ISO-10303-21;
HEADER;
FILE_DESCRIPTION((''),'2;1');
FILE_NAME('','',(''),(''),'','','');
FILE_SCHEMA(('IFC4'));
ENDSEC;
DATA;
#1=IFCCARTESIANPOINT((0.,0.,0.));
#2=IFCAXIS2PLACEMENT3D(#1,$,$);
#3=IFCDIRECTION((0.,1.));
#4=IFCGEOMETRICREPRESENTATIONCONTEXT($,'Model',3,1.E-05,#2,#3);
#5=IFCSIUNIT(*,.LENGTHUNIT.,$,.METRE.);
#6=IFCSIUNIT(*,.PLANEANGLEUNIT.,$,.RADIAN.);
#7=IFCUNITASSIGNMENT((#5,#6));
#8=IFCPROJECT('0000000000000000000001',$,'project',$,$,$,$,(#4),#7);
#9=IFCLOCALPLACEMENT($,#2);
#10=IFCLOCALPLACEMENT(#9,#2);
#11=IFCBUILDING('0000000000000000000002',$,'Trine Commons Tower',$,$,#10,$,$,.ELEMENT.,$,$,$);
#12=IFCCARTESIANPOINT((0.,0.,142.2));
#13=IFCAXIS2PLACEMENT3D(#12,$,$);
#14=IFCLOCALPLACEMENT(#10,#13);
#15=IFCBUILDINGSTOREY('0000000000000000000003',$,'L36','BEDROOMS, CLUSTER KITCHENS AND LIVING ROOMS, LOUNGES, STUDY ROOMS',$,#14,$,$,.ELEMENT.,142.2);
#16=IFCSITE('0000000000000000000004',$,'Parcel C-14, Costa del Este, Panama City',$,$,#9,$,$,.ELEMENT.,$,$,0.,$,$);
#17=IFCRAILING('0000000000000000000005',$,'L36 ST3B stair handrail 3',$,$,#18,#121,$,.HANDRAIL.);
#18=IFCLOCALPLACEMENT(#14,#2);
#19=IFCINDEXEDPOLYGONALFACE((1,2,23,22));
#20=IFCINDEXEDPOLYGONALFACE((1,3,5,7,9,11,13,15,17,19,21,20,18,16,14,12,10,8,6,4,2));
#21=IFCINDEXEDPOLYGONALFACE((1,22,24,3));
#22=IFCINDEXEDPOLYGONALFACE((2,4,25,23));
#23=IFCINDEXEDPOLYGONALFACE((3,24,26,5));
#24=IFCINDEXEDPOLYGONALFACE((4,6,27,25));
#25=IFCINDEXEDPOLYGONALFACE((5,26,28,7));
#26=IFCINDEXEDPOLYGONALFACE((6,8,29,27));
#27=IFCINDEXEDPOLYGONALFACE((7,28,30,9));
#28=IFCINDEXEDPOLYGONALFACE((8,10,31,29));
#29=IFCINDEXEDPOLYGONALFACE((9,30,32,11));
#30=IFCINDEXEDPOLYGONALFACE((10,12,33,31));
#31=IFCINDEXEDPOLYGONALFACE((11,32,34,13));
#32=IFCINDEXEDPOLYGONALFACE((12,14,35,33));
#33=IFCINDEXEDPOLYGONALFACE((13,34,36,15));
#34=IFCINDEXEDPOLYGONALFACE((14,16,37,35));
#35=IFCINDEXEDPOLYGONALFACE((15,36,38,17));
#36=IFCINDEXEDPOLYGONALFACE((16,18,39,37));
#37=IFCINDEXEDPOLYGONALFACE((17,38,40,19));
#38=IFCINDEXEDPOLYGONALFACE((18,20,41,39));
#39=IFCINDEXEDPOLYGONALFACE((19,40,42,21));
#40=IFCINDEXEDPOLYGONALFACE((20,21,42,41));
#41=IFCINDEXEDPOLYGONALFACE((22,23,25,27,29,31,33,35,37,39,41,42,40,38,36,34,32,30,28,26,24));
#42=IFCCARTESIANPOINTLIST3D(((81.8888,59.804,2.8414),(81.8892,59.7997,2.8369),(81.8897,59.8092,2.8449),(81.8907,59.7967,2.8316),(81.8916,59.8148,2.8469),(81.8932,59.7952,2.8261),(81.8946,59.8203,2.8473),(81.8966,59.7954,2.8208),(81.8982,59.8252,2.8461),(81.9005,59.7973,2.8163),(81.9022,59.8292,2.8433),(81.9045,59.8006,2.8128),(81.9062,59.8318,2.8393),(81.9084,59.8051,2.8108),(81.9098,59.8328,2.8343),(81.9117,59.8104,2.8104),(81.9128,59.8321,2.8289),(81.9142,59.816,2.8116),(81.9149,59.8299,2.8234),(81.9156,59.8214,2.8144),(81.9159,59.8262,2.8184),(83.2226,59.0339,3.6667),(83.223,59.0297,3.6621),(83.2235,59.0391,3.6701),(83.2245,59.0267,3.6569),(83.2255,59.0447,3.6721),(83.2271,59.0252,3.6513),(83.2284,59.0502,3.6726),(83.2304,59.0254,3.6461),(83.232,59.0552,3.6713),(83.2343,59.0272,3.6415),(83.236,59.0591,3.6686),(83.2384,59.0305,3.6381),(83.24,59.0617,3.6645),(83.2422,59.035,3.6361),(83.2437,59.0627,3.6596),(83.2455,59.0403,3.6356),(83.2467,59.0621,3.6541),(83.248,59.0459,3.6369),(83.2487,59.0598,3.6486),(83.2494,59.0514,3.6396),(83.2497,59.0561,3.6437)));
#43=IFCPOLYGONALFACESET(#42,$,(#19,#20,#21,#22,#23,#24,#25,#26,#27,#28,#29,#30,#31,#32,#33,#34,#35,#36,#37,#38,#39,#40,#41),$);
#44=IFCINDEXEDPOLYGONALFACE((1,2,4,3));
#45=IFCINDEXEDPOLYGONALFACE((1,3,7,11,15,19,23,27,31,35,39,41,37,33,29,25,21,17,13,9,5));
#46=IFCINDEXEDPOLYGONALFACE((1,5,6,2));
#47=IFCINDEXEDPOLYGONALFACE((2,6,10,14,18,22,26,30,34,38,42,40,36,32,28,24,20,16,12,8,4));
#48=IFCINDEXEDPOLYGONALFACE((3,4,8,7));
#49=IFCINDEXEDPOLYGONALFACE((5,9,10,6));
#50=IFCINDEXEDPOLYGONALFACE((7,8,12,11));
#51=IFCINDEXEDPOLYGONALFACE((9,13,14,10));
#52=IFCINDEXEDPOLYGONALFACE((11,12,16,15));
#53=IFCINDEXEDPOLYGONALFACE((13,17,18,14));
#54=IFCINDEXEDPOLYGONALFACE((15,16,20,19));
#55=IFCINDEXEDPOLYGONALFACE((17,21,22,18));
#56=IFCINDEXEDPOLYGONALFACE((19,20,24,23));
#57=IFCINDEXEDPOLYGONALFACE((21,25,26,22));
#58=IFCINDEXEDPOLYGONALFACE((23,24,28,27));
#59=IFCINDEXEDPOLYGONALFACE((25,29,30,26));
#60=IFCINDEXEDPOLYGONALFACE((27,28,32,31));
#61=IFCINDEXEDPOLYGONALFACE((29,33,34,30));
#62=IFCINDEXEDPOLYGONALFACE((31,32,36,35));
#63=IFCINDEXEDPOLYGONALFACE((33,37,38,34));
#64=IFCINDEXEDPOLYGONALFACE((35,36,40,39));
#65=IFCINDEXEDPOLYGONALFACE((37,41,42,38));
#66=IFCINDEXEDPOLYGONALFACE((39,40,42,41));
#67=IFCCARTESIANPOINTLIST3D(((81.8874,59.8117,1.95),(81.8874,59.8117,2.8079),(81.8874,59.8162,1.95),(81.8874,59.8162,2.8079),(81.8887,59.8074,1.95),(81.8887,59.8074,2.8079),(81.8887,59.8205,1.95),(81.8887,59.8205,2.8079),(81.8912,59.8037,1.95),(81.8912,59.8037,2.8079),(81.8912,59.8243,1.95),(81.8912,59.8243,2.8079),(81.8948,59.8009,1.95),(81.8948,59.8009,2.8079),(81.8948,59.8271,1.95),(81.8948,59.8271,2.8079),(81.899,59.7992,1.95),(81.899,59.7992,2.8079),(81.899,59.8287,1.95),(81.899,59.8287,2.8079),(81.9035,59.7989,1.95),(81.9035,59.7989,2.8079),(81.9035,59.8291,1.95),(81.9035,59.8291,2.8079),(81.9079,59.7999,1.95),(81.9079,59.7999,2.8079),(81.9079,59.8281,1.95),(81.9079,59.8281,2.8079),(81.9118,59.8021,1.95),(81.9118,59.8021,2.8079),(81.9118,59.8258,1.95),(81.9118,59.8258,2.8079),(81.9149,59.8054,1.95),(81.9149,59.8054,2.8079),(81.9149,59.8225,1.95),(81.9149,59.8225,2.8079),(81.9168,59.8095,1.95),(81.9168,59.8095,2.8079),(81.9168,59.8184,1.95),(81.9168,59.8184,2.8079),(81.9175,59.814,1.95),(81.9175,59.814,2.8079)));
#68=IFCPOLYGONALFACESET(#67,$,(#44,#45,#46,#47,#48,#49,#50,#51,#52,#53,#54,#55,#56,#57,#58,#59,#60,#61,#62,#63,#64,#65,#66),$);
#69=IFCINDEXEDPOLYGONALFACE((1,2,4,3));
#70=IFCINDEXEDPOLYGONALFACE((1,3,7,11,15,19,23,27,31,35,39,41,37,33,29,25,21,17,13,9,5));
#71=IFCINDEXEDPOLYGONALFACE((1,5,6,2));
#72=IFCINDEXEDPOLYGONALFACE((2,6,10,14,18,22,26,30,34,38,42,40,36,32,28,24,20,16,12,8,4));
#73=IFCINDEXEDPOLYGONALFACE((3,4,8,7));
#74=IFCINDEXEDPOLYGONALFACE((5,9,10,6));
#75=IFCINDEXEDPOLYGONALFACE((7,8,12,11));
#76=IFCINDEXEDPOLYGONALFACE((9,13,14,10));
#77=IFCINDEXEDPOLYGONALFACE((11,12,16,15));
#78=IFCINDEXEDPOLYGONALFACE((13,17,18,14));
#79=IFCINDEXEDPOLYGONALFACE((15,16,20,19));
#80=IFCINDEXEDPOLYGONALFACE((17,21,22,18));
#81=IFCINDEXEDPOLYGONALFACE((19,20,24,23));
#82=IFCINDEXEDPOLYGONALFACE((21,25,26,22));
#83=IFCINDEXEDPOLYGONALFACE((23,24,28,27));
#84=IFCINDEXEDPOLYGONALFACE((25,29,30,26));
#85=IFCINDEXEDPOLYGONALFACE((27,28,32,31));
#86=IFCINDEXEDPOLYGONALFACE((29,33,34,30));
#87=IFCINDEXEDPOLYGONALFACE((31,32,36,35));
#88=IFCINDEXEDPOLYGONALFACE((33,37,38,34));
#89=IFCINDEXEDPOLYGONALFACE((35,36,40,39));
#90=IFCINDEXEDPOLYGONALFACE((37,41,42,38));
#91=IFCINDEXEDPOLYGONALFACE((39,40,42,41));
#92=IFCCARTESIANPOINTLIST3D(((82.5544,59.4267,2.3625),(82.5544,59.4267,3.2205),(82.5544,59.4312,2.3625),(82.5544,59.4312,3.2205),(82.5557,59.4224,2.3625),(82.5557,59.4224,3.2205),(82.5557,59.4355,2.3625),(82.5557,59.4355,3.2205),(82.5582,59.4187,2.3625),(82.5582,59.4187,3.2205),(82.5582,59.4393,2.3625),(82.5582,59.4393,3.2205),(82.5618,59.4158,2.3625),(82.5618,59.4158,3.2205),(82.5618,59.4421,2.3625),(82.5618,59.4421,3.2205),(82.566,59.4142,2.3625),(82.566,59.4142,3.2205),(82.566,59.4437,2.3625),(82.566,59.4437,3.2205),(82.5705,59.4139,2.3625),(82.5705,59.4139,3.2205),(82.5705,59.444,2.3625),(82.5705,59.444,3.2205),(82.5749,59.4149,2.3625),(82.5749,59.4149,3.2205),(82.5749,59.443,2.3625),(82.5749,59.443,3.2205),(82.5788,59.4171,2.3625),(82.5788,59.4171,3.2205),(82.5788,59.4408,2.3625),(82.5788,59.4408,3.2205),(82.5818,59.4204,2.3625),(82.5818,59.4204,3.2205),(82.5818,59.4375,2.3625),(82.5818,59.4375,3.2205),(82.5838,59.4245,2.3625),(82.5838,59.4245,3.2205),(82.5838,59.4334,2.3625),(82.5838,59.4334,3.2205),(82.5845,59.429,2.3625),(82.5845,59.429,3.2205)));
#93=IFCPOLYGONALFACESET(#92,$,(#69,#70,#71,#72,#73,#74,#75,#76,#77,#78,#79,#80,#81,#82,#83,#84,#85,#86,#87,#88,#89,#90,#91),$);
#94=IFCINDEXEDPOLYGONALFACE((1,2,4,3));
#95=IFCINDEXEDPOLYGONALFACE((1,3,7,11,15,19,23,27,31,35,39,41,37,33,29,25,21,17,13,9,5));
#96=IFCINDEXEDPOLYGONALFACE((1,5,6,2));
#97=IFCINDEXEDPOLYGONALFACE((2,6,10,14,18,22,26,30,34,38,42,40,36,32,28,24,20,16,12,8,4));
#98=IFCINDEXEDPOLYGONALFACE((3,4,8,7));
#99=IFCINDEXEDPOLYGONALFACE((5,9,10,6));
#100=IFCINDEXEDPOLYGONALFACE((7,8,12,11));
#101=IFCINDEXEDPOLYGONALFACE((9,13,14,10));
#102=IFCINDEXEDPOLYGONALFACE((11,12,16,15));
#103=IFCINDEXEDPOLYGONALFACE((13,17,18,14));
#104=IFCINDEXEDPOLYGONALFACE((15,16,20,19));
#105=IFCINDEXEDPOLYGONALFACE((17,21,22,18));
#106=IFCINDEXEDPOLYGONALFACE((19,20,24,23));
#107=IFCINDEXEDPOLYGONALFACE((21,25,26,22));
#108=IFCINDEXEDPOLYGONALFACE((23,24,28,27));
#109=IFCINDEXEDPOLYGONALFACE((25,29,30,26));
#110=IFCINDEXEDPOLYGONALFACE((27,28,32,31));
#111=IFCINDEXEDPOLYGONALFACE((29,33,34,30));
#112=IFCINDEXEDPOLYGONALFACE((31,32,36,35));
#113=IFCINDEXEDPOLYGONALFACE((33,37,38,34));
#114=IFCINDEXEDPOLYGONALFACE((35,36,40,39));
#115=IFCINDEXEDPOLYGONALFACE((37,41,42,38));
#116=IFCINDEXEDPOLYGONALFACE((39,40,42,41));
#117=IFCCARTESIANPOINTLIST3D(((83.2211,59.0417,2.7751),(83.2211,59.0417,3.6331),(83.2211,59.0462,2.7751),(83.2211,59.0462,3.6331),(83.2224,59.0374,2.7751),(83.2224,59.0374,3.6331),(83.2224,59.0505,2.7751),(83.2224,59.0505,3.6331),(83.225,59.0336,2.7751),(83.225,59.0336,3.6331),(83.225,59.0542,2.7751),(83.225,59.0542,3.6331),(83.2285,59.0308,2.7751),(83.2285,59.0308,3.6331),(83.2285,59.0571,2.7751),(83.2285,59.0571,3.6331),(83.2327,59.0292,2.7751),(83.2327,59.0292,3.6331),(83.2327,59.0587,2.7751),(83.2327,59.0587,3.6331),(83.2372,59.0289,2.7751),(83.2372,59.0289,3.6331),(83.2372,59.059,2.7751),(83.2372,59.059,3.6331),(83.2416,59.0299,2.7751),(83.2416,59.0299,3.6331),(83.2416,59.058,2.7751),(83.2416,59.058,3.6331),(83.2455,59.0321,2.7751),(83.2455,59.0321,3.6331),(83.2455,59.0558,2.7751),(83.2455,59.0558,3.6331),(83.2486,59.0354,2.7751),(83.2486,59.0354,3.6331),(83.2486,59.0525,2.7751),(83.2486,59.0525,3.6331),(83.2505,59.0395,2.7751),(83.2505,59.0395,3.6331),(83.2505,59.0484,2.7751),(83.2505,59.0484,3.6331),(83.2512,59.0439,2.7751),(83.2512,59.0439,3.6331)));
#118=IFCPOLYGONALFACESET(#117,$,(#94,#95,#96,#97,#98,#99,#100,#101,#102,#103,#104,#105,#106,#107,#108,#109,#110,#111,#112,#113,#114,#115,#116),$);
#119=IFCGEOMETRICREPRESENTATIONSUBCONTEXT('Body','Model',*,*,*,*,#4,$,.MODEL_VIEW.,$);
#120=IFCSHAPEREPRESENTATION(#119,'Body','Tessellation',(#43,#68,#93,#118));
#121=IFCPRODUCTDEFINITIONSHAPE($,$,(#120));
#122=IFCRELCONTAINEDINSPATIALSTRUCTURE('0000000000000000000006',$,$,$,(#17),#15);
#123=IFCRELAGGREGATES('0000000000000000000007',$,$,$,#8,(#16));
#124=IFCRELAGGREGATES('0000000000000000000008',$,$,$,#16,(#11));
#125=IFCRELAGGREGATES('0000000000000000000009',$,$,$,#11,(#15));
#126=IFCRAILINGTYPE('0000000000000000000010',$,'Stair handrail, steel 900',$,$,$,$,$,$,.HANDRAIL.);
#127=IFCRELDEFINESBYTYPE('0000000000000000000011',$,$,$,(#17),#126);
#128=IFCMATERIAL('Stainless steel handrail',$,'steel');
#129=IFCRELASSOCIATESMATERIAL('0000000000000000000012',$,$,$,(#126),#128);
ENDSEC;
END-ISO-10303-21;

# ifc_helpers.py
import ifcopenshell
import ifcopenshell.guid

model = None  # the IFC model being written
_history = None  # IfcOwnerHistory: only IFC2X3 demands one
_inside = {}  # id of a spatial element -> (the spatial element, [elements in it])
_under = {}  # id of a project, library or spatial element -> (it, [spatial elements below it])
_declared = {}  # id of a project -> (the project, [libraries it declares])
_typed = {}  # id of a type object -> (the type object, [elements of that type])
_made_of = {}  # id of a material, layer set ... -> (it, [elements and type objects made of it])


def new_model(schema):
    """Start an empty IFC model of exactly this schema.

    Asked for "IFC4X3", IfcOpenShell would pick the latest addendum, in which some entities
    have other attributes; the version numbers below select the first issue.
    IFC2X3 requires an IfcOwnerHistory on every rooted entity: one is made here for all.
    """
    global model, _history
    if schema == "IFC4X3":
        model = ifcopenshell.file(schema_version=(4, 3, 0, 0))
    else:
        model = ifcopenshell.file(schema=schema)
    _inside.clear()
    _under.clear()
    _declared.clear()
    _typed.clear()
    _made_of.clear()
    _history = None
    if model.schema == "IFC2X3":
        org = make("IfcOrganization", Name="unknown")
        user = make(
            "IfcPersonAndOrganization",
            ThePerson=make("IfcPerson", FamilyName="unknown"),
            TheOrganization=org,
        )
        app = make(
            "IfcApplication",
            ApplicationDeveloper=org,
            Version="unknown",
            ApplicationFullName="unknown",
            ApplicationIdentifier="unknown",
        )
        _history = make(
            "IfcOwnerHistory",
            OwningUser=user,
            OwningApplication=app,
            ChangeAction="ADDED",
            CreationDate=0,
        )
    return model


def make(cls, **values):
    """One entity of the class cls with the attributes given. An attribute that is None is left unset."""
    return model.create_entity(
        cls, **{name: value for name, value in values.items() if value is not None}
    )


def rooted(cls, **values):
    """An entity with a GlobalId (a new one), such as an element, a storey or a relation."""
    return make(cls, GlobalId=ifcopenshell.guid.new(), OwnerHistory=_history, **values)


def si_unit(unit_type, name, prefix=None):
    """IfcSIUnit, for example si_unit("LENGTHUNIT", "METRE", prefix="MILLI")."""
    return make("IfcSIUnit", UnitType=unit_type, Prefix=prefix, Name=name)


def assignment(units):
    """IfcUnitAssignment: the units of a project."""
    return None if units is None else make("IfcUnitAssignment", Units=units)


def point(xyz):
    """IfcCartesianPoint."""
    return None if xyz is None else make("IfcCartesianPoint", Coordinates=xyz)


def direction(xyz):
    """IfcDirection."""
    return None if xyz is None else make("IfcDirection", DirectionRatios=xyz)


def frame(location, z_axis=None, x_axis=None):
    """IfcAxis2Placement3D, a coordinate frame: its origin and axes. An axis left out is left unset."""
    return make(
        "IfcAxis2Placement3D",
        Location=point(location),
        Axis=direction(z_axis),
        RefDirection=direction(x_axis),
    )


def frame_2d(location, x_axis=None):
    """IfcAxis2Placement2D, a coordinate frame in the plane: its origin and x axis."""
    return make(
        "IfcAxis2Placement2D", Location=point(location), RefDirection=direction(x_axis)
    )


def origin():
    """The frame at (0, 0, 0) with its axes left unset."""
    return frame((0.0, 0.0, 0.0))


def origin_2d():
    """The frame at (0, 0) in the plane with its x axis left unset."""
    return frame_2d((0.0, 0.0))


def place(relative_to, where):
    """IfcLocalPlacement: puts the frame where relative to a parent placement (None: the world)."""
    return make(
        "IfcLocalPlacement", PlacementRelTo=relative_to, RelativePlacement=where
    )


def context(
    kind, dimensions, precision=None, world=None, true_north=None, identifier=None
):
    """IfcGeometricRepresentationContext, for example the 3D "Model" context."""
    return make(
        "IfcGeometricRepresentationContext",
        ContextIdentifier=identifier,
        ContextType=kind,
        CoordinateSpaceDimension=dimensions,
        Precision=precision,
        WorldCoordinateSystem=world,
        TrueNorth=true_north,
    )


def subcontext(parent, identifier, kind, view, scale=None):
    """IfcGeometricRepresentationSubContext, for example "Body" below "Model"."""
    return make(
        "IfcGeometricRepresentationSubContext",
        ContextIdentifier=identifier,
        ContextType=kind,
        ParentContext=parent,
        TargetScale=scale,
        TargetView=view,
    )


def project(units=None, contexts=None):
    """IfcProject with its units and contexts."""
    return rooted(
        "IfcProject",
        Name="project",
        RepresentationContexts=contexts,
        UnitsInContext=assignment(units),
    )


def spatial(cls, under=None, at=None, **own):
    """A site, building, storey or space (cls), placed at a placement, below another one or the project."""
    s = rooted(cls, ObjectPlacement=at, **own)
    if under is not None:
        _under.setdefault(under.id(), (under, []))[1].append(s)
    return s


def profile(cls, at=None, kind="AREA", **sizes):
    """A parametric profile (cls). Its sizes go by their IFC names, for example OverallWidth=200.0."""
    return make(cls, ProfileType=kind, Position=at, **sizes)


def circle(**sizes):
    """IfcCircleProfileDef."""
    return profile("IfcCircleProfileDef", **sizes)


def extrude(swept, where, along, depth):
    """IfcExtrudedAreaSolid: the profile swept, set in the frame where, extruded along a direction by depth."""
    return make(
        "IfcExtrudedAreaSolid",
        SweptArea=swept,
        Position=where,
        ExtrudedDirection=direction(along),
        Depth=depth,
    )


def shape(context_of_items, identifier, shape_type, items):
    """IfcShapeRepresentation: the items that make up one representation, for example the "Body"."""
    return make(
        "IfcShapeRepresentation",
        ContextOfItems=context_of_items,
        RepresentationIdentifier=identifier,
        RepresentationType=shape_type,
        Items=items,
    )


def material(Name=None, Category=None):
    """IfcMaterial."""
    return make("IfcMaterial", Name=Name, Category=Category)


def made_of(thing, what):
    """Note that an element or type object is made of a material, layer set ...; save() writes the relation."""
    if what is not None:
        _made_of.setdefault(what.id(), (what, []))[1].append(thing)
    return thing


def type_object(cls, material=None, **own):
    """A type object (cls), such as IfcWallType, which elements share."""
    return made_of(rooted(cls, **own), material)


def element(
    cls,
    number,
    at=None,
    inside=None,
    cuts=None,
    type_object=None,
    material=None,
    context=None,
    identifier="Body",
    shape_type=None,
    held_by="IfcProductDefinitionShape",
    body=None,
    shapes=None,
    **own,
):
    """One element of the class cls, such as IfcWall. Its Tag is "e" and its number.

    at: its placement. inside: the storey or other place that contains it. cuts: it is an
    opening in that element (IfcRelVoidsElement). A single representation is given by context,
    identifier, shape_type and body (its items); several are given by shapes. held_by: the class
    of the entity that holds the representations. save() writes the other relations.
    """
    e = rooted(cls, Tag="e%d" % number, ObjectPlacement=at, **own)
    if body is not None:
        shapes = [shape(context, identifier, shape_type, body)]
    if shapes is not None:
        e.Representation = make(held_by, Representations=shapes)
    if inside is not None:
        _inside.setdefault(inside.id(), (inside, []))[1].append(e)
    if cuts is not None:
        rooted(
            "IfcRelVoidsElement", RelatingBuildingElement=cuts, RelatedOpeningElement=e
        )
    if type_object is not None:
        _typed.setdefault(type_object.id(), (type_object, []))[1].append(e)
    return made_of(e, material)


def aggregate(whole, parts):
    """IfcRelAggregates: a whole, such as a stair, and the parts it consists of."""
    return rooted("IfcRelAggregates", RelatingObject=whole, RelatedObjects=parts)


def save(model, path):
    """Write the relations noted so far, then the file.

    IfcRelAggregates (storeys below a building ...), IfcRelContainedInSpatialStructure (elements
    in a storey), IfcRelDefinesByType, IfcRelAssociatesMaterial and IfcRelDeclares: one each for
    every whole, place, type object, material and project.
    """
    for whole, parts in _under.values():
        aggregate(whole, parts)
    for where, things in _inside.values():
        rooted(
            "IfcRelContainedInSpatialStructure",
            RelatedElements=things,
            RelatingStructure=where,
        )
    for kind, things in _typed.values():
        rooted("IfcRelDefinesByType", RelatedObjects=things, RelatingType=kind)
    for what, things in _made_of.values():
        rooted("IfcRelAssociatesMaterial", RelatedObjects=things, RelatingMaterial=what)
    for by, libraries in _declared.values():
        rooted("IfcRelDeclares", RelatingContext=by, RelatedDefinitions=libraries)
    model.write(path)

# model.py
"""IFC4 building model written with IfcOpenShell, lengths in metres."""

from ifc_helpers import new_model, si_unit, direction, frame, origin, origin_2d, place, context, subcontext, project, spatial, circle, extrude, material, type_object, element, save


model = new_model("IFC4")

# Units and contexts
model_context = context("Model", 3, precision=1e-05, world=origin(), true_north=direction((0.0, 1.0)))
body_context = subcontext(model_context, "Body", "Model", "MODEL_VIEW")
ifc_project = project(units=[si_unit("LENGTHUNIT", "METRE"), si_unit("PLANEANGLEUNIT", "RADIAN")], contexts=[model_context])

# Site, building, storey
site_placement = place(None, origin())
site = spatial("IfcSite", under=ifc_project, at=site_placement, Name="Parcel C-14, Costa del Este, Panama City", CompositionType="ELEMENT", RefElevation=0.0)
building_placement = place(site_placement, origin())
building = spatial("IfcBuilding", under=site, at=building_placement, Name="Trine Commons Tower", CompositionType="ELEMENT")
storey_placement = place(building_placement, frame((0.0, 0.0, 142.2)))
storey = spatial("IfcBuildingStorey", under=building, at=storey_placement, Name="L36", Description="BEDROOMS, CLUSTER KITCHENS AND LIVING ROOMS, LOUNGES, STUDY ROOMS", CompositionType="ELEMENT", Elevation=142.2)

# Railing
ifc_material_1 = material(Name="Stainless steel handrail", Category="steel")
railing_type_1 = type_object("IfcRailingType", Name="Stair handrail, steel 900", PredefinedType="HANDRAIL", material=ifc_material_1)
railing_1_placement = place(storey_placement, frame((81.9023, 59.814, 1.95)))
element("IfcRailing", 1, at=railing_1_placement, inside=storey, type_object=railing_type_1, Name="L36 ST3B stair handrail 3", PredefinedType="HANDRAIL", context=body_context, shape_type="SweptSolid", body=[
    extrude(circle(Radius=0.021, at=origin_2d()), frame((0.0, 0.0, 0.8789), z_axis=(0.763355, -0.440714, 0.472293), x_axis=(0.499992, 0.86603, 0.0)), (0.0, 0.0, 1.0), 1.7473),
    extrude(circle(Radius=0.0151, at=origin_2d()), origin(), (0.0, 0.0, 1.0), 0.8579),
    extrude(circle(Radius=0.0151, at=origin_2d()), frame((0.667, -0.385, 0.4126)), (0.0, 0.0, 1.0), 0.8579),
    extrude(circle(Radius=0.0151, at=origin_2d()), frame((1.3337, -0.77, 0.8252)), (0.0, 0.0, 1.0), 0.8579),
])

save(model, "model.ifc")
